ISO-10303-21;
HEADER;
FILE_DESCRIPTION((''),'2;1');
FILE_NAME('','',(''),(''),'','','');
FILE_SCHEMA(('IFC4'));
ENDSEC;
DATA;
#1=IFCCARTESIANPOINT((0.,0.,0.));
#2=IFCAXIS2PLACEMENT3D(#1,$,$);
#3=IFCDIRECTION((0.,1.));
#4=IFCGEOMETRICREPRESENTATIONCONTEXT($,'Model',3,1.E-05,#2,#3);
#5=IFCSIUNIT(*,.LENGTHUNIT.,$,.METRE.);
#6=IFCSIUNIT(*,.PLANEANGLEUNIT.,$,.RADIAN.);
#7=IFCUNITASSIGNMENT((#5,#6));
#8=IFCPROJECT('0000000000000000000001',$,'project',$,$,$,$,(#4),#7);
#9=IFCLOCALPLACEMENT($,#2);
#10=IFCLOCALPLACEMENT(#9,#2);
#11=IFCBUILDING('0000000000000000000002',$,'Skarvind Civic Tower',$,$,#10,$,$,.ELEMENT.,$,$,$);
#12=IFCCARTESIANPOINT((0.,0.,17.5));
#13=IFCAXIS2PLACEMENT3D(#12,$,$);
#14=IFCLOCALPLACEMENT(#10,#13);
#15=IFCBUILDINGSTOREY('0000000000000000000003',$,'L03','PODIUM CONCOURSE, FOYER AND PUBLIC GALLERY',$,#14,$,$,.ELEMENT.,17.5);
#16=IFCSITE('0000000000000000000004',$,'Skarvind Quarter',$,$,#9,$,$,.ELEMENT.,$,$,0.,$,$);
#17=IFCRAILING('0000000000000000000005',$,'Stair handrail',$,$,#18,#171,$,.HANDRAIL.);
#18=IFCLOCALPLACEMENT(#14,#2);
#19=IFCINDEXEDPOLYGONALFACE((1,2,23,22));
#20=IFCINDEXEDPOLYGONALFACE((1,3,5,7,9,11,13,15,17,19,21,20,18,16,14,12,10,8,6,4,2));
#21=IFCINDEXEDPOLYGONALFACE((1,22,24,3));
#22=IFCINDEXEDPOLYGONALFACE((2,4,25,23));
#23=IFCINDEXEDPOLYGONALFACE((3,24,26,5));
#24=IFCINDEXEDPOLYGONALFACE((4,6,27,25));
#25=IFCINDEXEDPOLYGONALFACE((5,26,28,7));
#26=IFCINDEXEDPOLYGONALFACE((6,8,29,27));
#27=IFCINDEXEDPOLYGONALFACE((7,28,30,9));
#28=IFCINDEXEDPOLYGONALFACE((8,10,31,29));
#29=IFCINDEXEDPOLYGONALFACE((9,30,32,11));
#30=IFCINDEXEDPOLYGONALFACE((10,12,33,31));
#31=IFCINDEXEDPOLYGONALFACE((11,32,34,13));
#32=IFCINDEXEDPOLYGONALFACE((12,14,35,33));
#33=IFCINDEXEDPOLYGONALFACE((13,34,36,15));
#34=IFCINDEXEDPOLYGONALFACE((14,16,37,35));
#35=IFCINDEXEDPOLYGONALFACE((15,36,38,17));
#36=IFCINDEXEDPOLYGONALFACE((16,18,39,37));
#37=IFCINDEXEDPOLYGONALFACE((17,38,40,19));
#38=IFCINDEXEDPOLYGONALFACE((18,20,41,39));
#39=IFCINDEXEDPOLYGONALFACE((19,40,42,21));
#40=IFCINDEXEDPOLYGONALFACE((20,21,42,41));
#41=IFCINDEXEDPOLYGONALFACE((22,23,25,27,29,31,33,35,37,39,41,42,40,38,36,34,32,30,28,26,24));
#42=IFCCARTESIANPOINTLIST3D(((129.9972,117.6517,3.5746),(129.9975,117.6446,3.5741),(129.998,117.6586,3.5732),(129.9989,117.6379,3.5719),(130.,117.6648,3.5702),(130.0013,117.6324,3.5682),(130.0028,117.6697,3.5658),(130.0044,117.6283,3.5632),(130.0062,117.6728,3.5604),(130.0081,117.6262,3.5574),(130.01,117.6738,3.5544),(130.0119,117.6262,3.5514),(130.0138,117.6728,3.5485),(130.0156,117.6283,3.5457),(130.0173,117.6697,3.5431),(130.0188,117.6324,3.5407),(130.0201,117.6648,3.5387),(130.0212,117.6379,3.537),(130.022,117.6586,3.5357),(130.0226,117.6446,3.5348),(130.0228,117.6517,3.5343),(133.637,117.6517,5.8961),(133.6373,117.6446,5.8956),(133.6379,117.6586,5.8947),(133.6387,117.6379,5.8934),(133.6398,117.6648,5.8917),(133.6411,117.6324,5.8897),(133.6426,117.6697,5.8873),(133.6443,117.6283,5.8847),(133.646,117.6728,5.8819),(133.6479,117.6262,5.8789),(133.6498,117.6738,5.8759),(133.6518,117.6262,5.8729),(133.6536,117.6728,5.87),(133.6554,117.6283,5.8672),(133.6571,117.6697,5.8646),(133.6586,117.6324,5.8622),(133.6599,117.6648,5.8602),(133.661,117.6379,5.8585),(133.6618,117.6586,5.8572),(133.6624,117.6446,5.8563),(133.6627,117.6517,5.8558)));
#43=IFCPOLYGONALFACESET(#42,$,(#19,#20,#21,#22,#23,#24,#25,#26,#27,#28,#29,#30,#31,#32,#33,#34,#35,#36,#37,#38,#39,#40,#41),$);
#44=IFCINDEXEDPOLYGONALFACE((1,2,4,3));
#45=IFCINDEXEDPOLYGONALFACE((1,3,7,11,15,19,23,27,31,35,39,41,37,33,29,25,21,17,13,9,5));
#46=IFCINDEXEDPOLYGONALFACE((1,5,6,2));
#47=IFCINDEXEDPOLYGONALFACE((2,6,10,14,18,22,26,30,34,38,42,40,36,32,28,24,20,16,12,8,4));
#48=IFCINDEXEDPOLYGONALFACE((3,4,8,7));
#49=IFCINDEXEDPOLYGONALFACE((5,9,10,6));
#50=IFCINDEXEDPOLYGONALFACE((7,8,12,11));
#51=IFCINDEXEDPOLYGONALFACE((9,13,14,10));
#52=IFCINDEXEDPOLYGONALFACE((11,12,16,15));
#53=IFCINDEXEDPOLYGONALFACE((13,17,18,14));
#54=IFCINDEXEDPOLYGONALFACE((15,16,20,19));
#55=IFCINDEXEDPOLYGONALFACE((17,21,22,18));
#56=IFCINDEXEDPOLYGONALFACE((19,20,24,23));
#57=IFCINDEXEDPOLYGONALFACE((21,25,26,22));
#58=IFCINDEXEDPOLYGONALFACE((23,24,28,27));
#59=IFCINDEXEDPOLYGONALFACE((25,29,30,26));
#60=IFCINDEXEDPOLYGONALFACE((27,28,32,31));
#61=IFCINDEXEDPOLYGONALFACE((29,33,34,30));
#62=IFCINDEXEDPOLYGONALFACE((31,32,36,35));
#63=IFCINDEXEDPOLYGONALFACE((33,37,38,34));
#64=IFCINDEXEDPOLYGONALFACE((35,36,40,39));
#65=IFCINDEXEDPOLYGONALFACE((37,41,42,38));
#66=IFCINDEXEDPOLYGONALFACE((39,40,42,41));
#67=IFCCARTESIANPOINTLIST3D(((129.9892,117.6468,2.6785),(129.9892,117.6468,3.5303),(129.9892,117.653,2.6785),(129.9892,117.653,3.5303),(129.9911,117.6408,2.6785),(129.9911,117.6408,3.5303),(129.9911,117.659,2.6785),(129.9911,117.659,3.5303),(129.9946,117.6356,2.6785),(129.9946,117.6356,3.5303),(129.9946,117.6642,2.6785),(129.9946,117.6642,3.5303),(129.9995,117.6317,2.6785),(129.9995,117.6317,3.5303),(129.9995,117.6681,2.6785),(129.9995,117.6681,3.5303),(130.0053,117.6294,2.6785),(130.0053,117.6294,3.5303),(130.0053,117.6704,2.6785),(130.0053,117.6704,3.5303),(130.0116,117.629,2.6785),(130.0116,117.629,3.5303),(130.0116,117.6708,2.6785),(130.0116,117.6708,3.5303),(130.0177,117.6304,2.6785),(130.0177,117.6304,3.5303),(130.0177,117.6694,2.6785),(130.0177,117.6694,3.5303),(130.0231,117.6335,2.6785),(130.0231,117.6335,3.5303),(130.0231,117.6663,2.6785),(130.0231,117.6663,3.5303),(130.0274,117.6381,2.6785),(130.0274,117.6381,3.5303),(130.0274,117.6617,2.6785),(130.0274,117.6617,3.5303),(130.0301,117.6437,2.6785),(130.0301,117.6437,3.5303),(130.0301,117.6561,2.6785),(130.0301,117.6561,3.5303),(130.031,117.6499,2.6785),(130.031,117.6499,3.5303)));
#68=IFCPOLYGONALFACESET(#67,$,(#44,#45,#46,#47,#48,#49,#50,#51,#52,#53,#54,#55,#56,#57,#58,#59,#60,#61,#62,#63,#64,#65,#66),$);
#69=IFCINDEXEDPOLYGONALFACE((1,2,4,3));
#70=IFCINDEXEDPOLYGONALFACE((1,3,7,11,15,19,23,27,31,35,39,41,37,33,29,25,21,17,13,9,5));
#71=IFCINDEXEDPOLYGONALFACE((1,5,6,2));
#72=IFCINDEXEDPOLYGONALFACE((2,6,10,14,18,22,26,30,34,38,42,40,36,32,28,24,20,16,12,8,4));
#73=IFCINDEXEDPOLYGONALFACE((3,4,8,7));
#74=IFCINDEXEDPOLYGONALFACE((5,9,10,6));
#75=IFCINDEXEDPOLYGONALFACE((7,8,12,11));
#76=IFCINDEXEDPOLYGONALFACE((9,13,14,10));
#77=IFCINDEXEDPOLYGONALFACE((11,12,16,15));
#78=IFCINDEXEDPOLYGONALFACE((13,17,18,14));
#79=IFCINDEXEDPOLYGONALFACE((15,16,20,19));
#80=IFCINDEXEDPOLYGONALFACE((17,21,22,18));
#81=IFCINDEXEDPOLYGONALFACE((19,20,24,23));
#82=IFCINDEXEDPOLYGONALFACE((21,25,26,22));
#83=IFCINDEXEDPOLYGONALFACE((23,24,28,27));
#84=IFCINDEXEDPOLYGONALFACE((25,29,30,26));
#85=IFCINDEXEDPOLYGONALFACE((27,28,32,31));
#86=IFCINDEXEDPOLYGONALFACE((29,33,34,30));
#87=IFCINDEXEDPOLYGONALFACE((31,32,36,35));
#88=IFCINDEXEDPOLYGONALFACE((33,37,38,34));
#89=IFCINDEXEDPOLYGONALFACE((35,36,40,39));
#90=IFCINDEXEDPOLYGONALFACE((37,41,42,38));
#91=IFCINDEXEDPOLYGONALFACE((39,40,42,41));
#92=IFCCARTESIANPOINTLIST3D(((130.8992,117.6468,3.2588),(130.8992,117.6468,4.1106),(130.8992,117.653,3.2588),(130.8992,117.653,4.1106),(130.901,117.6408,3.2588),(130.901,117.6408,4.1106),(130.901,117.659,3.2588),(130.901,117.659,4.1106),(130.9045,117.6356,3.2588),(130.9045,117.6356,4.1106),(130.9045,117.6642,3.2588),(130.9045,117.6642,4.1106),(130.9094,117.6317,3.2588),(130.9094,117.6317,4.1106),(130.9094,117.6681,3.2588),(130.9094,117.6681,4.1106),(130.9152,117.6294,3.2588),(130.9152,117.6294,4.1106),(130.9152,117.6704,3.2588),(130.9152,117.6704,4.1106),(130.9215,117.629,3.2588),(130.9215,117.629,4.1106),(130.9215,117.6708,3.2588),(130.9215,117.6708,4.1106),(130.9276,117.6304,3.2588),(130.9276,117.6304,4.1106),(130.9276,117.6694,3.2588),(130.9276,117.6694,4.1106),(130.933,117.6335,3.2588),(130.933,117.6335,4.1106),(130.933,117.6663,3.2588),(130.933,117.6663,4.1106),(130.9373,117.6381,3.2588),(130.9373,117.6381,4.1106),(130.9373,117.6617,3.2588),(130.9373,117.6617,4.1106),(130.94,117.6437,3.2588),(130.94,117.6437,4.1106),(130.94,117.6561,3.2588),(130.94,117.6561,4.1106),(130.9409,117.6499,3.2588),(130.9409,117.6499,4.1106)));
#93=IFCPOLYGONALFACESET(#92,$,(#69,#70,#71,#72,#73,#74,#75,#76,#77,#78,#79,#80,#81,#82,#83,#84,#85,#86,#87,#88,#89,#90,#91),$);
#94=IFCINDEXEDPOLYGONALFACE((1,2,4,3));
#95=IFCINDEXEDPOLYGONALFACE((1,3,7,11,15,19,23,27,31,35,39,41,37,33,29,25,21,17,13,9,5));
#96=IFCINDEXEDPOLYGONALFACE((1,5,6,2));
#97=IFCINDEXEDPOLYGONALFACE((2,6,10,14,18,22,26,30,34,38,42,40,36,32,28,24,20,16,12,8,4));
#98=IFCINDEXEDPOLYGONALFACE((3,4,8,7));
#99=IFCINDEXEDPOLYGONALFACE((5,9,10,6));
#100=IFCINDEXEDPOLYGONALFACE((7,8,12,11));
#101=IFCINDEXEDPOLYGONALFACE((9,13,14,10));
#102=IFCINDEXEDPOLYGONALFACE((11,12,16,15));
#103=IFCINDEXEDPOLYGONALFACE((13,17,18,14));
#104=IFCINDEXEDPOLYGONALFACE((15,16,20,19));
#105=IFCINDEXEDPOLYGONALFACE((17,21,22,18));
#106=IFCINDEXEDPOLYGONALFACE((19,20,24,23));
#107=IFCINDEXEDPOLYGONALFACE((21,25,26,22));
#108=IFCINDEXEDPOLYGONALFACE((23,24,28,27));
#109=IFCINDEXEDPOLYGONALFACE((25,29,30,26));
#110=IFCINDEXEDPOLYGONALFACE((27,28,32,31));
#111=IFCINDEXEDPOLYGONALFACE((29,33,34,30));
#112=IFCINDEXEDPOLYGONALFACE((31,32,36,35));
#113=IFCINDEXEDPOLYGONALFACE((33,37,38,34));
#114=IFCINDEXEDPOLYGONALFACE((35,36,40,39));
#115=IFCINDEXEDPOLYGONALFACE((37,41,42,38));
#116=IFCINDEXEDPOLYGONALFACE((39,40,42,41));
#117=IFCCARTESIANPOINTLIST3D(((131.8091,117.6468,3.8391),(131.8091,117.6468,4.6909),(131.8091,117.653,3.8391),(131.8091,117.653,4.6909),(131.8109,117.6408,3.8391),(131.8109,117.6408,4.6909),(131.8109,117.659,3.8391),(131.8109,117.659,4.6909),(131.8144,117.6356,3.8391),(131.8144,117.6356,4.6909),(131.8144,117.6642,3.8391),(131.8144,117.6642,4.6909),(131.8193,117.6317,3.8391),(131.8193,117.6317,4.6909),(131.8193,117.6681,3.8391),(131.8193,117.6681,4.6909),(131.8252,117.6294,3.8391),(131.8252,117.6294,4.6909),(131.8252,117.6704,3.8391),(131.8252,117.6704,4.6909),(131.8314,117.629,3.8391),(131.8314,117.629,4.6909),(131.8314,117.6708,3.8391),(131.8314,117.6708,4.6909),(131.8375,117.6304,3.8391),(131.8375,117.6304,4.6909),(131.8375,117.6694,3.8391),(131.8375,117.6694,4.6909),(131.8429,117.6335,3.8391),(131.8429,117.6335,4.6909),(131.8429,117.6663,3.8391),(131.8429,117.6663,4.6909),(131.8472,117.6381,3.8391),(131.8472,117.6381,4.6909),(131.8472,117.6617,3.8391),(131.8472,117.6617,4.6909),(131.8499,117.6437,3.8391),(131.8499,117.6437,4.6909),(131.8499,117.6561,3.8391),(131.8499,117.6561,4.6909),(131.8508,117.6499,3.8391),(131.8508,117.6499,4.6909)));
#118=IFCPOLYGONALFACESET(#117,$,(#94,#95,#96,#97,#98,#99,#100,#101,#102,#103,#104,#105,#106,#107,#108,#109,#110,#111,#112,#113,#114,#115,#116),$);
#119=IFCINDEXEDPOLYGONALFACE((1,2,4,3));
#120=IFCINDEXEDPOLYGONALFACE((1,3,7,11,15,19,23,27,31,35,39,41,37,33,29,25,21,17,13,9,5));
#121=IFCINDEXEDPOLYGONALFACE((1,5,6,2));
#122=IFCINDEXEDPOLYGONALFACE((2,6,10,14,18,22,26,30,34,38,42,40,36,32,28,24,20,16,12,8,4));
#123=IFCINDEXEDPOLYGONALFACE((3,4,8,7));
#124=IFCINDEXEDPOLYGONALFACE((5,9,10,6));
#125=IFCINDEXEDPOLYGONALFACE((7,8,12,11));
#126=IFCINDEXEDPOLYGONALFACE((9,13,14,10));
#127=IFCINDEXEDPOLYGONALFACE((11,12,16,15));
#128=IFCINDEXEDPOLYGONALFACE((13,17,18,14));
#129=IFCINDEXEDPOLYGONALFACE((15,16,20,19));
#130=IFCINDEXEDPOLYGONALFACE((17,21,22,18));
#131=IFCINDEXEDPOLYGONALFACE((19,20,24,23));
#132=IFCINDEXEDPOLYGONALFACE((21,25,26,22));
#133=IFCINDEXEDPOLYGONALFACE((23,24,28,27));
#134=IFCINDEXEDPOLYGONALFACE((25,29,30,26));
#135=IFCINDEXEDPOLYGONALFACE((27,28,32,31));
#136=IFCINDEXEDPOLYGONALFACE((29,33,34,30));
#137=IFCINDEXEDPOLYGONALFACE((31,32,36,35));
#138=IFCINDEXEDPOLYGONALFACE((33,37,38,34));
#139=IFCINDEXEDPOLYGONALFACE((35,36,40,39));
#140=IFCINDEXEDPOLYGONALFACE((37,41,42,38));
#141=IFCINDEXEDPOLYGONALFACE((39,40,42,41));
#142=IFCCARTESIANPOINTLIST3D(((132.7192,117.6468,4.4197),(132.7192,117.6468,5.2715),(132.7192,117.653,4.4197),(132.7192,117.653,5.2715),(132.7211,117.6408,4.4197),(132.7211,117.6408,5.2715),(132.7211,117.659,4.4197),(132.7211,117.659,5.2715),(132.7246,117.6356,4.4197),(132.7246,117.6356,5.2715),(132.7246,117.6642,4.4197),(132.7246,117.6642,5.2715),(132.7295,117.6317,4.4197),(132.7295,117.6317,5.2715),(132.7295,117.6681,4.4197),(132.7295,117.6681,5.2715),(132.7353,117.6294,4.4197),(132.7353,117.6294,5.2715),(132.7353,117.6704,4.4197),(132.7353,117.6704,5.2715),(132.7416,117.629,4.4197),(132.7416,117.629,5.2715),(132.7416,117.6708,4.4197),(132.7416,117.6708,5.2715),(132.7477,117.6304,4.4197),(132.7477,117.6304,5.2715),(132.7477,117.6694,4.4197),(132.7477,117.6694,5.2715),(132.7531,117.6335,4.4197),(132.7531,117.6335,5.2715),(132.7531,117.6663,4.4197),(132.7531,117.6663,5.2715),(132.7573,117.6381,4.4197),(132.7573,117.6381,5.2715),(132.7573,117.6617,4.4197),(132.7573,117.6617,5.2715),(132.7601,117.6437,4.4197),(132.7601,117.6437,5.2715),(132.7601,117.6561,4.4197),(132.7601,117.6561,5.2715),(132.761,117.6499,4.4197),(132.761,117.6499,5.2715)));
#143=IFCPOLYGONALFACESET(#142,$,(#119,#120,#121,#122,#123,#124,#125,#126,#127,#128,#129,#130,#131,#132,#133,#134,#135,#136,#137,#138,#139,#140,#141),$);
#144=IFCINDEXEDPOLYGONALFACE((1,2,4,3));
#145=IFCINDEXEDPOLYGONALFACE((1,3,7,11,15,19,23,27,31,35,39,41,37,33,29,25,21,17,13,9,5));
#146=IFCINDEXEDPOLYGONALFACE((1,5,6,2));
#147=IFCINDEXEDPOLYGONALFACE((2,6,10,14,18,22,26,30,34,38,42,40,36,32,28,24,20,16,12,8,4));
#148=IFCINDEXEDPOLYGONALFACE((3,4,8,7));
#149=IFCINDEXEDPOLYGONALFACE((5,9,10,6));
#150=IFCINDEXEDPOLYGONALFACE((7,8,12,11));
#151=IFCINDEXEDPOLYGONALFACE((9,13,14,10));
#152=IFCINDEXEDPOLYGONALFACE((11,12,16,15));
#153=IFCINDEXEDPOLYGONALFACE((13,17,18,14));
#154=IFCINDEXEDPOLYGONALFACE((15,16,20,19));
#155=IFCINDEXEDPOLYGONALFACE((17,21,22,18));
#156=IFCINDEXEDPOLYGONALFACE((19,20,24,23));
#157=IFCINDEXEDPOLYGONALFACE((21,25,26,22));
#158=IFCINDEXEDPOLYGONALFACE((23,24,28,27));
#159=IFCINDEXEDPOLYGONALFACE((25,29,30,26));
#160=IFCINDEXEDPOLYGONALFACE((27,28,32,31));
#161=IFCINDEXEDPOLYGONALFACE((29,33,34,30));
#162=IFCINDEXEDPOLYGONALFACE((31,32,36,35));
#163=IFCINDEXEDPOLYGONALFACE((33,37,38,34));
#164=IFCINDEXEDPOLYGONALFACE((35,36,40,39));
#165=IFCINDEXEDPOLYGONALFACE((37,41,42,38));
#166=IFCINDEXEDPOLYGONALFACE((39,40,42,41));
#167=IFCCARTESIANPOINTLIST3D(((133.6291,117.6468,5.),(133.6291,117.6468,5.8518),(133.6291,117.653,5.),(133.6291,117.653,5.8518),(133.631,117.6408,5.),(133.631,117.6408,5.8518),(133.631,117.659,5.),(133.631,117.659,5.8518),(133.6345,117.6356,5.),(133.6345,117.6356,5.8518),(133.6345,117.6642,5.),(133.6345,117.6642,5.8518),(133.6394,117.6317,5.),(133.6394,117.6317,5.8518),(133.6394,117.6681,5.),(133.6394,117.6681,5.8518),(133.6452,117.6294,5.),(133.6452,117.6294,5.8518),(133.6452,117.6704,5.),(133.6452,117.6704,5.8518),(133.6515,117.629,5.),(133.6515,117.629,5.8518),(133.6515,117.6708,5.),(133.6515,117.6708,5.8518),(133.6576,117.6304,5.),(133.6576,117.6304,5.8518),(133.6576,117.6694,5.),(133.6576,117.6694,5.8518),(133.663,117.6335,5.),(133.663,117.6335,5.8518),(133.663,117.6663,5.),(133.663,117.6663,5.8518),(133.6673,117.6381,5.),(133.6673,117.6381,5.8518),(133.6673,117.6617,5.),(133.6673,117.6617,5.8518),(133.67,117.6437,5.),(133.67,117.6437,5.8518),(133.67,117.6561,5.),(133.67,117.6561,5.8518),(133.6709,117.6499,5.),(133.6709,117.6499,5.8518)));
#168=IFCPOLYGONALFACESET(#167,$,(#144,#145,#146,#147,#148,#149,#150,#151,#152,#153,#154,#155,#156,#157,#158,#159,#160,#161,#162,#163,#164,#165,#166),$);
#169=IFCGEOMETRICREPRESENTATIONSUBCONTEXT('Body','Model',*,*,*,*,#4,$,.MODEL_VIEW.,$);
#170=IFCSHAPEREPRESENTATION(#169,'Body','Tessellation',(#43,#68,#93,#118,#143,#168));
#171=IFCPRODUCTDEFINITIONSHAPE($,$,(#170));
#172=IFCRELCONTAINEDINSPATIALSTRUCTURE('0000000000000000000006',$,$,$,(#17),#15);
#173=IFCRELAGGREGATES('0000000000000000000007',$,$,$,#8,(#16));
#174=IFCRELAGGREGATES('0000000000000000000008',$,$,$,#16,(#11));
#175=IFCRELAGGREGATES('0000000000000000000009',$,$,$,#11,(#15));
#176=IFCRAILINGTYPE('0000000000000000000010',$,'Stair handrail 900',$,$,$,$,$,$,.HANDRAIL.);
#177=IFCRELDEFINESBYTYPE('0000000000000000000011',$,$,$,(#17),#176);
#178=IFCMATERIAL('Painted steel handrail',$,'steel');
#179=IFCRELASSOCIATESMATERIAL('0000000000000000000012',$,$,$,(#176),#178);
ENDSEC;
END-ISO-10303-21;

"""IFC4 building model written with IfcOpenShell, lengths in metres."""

from ifc_helpers import new_model, si_unit, direction, frame, origin, origin_2d, place, context, subcontext, project, spatial, circle, extrude, material, type_object, element, save


model = new_model("IFC4")

# Units and contexts
model_context = context("Model", 3, precision=1e-05, world=origin(), true_north=direction((0.0, 1.0)))
body_context = subcontext(model_context, "Body", "Model", "MODEL_VIEW")
ifc_project = project(units=[si_unit("LENGTHUNIT", "METRE"), si_unit("PLANEANGLEUNIT", "RADIAN")], contexts=[model_context])

# Site, building, storey
site_placement = place(None, origin())
site = spatial("IfcSite", under=ifc_project, at=site_placement, Name="Skarvind Quarter", CompositionType="ELEMENT", RefElevation=0.0)
building_placement = place(site_placement, origin())
building = spatial("IfcBuilding", under=site, at=building_placement, Name="Skarvind Civic Tower", CompositionType="ELEMENT")
storey_placement = place(building_placement, frame((0.0, 0.0, 17.5)))
storey = spatial("IfcBuildingStorey", under=building, at=storey_placement, Name="L03", Description="PODIUM CONCOURSE, FOYER AND PUBLIC GALLERY", CompositionType="ELEMENT", Elevation=17.5)

# Railing
ifc_material_1 = material(Name="Painted steel handrail", Category="steel")
railing_type = type_object("IfcRailingType", Name="Stair handrail 900", PredefinedType="HANDRAIL", material=ifc_material_1)
railing_1_placement = place(storey_placement, frame((130.01, 117.6499, 2.6785)))
element("IfcRailing", 1, at=railing_1_placement, inside=storey, type_object=railing_type, Name="Stair handrail", PredefinedType="HANDRAIL", context=body_context, shape_type="SweptSolid", body=[
    extrude(circle(Radius=0.0239, at=origin_2d()), frame((0.0, 0.0, 0.876), z_axis=(0.843112, 0.0, 0.537739), x_axis=(0.0, 1.0, 0.0)), (0.0, 0.0, 1.0), 4.3171),
    extrude(circle(Radius=0.021, at=origin_2d()), origin(), (0.0, 0.0, 1.0), 0.8518),
    extrude(circle(Radius=0.021, at=origin_2d()), frame((0.9099, 0.0, 0.5803)), (0.0, 0.0, 1.0), 0.8518),
    extrude(circle(Radius=0.021, at=origin_2d()), frame((1.8198, 0.0, 1.1606)), (0.0, 0.0, 1.0), 0.8518),
    extrude(circle(Radius=0.021, at=origin_2d()), frame((2.73, 0.0, 1.7412)), (0.0, 0.0, 1.0), 0.8518),
    extrude(circle(Radius=0.021, at=origin_2d()), frame((3.6399, 0.0, 2.3215)), (0.0, 0.0, 1.0), 0.8518),
])

save(model, "model.ifc")
